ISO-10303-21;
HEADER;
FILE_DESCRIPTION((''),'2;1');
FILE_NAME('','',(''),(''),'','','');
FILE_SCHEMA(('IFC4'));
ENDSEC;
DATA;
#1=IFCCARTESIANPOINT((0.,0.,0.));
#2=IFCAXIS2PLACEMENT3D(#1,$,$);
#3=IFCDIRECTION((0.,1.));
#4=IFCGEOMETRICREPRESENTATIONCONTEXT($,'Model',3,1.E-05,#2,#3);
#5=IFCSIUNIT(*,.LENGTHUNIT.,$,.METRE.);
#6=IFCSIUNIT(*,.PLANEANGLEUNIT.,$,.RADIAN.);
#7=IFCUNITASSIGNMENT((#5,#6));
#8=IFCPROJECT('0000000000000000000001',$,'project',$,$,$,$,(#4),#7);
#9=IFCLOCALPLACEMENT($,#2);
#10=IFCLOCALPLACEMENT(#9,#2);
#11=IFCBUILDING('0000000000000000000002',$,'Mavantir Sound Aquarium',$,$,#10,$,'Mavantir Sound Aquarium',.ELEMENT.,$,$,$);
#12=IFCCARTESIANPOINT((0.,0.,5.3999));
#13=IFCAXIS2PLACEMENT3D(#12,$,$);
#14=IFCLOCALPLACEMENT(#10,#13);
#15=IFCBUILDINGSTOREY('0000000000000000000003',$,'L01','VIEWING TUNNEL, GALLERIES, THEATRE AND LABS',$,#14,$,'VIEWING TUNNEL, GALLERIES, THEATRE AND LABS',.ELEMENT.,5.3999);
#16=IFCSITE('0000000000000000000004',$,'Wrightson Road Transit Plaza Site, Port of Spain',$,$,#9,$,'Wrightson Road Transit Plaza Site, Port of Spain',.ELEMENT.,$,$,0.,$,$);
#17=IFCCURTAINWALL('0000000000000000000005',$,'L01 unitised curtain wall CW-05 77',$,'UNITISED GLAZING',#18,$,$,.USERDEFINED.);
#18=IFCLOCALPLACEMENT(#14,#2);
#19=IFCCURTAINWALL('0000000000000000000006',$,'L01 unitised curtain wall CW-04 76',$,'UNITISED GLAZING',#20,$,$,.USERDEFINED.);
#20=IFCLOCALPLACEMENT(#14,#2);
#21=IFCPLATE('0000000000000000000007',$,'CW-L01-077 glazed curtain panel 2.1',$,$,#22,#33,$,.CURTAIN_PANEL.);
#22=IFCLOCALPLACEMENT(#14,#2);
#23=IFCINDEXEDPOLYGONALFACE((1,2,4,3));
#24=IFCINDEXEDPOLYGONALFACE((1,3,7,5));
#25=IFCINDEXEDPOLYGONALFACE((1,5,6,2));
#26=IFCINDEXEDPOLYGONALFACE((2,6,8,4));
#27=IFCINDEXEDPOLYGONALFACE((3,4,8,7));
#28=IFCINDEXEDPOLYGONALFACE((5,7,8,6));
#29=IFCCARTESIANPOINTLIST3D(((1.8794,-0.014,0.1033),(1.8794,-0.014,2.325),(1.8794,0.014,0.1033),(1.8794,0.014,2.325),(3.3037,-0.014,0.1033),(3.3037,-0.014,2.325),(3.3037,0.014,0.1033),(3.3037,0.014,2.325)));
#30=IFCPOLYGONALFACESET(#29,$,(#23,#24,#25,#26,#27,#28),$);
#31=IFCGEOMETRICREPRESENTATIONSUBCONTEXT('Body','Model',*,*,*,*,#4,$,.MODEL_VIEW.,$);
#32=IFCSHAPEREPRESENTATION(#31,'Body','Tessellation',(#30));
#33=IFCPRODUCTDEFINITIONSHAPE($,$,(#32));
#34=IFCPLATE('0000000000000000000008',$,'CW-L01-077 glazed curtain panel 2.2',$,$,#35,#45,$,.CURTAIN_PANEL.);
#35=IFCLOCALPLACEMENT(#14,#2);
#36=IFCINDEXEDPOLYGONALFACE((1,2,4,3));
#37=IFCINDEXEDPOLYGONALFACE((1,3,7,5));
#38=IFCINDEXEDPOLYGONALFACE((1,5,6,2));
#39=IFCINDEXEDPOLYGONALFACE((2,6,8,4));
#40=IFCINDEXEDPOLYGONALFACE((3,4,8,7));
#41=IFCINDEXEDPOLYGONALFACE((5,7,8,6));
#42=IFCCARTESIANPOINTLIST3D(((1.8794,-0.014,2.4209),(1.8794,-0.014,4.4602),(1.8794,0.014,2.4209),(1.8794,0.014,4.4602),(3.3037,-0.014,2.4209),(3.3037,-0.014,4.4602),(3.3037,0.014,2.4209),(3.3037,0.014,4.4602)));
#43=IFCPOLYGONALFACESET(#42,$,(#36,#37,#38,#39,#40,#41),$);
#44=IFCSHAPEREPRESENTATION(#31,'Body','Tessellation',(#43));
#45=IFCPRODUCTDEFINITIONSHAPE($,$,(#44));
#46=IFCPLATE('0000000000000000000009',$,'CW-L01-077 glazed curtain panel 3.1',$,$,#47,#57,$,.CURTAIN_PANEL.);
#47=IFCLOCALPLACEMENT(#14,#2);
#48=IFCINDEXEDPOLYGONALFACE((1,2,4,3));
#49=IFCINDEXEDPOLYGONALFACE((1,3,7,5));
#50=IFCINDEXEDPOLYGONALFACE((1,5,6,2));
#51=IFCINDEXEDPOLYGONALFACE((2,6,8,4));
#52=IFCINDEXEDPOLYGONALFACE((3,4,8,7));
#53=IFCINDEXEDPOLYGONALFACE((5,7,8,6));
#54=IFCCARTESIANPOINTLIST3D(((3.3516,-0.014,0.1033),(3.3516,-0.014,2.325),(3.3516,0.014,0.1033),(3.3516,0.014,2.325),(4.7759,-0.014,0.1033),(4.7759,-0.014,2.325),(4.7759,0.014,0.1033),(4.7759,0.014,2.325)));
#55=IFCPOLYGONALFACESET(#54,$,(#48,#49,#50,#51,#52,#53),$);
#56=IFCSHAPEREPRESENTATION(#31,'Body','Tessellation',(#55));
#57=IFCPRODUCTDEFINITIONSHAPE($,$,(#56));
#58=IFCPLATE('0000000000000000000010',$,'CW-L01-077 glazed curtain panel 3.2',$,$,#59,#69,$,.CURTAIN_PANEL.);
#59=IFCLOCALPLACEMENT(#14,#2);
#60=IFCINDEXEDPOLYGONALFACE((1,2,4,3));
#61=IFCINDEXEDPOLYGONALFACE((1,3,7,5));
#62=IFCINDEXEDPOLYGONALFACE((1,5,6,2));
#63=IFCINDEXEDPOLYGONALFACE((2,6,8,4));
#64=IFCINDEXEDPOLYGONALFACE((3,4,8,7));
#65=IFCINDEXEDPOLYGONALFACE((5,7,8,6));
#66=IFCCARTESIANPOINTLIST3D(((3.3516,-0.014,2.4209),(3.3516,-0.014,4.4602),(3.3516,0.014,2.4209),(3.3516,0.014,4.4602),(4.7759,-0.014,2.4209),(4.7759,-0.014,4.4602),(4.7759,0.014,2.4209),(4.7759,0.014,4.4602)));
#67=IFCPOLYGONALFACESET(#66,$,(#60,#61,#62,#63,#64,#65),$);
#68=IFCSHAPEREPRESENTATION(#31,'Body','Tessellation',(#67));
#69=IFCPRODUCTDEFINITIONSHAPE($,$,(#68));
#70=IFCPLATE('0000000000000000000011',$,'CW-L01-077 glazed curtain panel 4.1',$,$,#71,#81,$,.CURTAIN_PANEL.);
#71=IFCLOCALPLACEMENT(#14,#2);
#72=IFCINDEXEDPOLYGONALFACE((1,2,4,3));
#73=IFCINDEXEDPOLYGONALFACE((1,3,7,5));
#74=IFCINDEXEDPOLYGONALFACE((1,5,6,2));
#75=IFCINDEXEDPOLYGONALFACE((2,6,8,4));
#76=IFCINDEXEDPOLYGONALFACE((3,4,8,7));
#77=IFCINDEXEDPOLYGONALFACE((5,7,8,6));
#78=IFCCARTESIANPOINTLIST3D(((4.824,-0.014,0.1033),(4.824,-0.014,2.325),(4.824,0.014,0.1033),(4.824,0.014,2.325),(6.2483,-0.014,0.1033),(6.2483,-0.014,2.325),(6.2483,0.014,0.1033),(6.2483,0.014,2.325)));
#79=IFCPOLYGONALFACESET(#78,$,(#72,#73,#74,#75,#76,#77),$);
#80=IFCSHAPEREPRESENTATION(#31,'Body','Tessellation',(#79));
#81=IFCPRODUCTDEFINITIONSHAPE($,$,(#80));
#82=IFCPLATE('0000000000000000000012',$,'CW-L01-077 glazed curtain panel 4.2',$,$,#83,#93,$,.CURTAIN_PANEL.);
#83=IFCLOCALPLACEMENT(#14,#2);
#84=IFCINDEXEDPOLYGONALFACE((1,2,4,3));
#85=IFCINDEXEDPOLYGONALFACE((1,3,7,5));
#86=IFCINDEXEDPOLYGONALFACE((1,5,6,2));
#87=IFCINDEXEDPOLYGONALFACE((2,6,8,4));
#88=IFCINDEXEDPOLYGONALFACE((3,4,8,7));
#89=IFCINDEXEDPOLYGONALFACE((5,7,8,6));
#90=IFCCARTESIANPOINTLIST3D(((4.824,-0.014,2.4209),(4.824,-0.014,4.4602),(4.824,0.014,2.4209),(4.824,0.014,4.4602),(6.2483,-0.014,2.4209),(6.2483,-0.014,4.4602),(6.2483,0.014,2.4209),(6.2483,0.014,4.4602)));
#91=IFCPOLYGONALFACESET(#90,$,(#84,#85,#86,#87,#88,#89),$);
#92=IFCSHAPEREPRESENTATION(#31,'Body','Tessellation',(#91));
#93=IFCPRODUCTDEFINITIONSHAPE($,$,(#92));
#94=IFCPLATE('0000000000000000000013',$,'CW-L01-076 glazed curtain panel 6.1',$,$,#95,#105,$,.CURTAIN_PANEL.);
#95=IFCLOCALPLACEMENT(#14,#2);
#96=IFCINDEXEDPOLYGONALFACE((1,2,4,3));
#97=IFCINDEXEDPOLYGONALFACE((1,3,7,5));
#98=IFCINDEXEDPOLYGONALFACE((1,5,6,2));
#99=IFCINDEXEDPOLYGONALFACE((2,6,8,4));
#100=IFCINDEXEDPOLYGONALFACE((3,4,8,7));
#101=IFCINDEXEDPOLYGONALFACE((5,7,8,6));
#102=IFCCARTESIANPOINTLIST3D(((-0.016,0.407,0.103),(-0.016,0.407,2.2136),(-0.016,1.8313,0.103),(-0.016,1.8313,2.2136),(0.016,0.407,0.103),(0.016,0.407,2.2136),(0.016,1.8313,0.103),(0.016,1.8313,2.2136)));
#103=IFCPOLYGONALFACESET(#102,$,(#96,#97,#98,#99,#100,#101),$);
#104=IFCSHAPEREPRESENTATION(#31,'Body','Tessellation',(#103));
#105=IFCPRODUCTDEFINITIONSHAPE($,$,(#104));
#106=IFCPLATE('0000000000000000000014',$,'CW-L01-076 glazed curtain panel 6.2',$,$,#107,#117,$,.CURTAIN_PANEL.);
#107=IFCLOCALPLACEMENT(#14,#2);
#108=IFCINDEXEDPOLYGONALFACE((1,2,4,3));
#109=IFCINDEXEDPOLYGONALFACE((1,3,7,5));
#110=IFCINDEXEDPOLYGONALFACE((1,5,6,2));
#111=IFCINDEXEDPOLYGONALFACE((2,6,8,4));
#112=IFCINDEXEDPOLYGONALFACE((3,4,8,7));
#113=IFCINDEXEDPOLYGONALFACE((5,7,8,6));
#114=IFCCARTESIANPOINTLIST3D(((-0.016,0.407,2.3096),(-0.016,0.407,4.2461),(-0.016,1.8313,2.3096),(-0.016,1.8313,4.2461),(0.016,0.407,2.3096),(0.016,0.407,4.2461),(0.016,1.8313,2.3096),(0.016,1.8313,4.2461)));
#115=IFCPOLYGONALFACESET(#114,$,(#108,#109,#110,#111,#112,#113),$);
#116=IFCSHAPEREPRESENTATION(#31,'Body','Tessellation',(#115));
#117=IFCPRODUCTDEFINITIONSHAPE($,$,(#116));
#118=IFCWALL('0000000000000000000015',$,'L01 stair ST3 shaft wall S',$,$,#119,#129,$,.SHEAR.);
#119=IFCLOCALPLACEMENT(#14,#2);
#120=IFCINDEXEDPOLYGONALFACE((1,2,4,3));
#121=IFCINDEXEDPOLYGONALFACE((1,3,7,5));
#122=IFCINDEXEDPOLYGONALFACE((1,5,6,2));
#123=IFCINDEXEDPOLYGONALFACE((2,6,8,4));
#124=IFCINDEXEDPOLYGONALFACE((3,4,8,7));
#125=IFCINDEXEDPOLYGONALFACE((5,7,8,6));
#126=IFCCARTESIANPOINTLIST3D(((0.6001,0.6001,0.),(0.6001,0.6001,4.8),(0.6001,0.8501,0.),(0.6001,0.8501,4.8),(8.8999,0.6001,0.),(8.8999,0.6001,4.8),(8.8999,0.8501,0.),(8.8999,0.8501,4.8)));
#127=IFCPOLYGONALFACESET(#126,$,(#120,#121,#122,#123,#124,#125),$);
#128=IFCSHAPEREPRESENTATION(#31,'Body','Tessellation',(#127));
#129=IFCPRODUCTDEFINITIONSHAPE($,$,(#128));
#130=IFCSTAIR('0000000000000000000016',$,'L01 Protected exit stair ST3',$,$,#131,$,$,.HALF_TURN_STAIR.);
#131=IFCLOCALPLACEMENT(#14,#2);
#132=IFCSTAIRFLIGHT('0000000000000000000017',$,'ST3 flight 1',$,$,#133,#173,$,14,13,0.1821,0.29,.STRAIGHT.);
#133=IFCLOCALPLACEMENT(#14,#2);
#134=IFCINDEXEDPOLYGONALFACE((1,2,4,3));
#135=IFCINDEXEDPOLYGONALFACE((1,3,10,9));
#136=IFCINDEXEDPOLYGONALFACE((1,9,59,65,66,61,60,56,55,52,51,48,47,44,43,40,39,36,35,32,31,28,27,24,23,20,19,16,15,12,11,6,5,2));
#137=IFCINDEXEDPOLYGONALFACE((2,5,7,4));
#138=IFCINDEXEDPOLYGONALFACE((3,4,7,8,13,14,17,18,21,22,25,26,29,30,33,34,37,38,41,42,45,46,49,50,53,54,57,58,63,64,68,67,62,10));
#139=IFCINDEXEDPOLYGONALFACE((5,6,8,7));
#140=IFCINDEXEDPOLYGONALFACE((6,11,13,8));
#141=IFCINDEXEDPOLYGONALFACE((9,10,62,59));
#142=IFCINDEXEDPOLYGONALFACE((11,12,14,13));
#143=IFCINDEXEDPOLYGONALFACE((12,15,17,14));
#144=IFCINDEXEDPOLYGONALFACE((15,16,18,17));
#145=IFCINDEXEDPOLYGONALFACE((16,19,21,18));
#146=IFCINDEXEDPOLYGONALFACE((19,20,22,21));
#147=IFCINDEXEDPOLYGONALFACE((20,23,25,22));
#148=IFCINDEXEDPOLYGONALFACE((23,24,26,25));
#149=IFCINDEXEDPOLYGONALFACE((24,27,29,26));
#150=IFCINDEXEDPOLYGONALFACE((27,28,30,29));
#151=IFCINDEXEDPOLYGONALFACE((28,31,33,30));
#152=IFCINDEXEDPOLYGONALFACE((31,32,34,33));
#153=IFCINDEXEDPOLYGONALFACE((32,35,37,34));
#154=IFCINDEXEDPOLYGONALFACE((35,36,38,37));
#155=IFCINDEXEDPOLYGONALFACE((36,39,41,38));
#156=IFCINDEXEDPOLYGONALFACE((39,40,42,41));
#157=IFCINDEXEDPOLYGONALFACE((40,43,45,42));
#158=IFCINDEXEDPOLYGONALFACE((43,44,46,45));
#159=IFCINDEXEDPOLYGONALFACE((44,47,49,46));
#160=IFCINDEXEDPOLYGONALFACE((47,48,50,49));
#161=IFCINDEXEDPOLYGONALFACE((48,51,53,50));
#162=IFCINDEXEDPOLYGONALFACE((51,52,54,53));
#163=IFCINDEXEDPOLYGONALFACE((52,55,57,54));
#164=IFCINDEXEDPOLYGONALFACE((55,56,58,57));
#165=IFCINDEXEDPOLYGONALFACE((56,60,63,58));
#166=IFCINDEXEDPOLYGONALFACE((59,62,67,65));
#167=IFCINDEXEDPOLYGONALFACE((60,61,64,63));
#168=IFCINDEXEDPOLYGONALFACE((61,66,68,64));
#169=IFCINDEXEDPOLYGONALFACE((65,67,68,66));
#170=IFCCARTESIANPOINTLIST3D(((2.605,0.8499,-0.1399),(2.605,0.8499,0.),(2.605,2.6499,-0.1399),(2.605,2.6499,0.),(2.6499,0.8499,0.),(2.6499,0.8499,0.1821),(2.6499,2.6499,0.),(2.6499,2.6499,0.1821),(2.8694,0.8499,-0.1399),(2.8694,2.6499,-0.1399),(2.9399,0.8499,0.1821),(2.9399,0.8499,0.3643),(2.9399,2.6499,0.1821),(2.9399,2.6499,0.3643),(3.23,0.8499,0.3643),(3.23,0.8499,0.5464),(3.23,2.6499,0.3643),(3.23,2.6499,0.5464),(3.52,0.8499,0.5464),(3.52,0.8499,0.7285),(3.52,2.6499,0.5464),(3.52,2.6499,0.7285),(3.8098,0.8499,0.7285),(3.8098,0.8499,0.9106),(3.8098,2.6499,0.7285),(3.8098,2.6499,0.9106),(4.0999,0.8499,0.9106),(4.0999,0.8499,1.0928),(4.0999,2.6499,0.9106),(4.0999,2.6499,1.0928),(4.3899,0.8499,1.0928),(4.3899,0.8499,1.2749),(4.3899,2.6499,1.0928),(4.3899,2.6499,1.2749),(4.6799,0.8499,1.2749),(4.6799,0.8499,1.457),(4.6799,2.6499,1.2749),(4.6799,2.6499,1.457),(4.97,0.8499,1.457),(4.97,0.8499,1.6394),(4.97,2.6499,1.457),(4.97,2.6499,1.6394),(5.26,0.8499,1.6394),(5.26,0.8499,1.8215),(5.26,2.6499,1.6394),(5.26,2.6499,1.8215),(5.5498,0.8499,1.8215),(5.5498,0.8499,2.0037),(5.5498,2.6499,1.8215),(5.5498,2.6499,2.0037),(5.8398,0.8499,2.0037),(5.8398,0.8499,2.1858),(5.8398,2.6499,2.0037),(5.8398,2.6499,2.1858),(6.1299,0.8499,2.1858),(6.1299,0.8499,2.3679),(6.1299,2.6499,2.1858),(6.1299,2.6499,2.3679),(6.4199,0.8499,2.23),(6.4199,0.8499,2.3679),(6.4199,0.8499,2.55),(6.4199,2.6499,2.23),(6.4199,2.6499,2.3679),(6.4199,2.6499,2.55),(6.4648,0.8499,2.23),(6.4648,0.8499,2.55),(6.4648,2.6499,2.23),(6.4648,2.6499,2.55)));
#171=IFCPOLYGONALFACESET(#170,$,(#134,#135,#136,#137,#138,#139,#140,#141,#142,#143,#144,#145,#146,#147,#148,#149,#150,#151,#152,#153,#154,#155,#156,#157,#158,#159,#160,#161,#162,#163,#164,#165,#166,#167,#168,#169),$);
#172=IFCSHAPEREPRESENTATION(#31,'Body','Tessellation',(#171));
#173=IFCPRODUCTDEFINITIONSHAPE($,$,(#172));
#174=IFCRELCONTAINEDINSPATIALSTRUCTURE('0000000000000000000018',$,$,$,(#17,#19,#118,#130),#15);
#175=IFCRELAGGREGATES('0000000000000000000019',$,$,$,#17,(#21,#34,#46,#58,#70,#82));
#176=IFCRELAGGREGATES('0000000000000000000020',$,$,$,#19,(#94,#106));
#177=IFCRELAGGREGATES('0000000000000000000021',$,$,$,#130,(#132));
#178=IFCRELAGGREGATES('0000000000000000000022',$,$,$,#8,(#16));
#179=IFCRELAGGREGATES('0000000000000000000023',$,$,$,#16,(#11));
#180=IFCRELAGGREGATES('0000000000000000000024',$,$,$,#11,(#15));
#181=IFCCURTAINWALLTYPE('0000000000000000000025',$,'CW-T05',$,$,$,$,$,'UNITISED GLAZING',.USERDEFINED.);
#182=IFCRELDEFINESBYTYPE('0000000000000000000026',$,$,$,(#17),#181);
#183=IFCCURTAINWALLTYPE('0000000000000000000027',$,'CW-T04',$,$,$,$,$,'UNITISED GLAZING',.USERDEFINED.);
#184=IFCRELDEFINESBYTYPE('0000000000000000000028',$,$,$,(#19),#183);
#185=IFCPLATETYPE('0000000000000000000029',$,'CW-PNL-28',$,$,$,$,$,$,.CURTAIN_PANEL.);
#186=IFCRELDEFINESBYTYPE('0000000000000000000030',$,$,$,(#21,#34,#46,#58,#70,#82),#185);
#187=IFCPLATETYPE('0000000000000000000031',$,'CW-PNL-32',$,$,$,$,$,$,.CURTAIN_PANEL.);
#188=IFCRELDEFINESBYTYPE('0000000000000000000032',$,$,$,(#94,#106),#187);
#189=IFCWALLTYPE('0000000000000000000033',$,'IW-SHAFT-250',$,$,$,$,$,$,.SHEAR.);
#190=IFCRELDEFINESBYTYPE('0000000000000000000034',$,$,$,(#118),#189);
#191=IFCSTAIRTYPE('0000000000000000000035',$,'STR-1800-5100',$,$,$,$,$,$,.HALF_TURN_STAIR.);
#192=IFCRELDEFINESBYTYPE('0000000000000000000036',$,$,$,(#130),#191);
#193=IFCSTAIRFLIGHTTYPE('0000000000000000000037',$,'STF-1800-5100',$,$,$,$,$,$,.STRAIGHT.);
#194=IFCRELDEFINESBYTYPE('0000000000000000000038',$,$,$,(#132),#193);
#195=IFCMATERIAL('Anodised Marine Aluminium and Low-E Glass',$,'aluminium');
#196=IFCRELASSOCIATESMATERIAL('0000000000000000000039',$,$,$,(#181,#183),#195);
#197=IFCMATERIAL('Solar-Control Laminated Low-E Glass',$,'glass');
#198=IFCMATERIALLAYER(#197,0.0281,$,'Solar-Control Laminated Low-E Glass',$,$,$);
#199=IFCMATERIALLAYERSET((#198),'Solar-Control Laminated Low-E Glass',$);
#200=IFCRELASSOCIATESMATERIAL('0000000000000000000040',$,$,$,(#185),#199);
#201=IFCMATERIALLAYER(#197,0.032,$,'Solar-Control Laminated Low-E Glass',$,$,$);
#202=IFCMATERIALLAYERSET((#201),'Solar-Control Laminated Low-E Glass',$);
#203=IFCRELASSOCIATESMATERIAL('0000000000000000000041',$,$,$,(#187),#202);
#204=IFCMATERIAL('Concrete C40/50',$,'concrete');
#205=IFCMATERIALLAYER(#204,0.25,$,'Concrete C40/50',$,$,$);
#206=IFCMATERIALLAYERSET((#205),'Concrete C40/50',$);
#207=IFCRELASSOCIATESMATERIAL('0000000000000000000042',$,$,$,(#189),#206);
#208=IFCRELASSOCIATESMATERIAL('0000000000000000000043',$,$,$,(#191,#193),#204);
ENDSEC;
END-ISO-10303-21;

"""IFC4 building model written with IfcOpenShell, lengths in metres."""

from ifc_helpers import new_model, si_unit, direction, frame, frame_2d, origin, origin_2d, place, context, subcontext, project, spatial, polyline, rectangle, outline, extrude, material, layer, layer_set, type_object, element, aggregate, save


model = new_model("IFC4")

# Units and contexts
model_context = context("Model", 3, precision=1e-05, world=origin(), true_north=direction((0.0, 1.0)))
body_context = subcontext(model_context, "Body", "Model", "MODEL_VIEW")
ifc_project = project(units=[si_unit("LENGTHUNIT", "METRE"), si_unit("PLANEANGLEUNIT", "RADIAN")], contexts=[model_context])

# Site, building, storey
site_placement = place(None, origin())
site = spatial("IfcSite", under=ifc_project, at=site_placement, Name="Wrightson Road Transit Plaza Site, Port of Spain", LongName="Wrightson Road Transit Plaza Site, Port of Spain", CompositionType="ELEMENT", RefElevation=0.0)
building_placement = place(site_placement, origin())
building = spatial("IfcBuilding", under=site, at=building_placement, Name="Mavantir Sound Aquarium", LongName="Mavantir Sound Aquarium", CompositionType="ELEMENT")
storey_placement = place(building_placement, frame((0.0, 0.0, 5.3999)))
storey = spatial("IfcBuildingStorey", under=building, at=storey_placement, Name="L01", Description="VIEWING TUNNEL, GALLERIES, THEATRE AND LABS", LongName="VIEWING TUNNEL, GALLERIES, THEATRE AND LABS", CompositionType="ELEMENT", Elevation=5.3999)

# Curtain walls
ifc_material_1 = material(Name="Anodised Marine Aluminium and Low-E Glass", Category="aluminium")
curtain_wall_type_1 = type_object("IfcCurtainWallType", Name="CW-T05", ElementType="UNITISED GLAZING", PredefinedType="USERDEFINED", material=ifc_material_1)
curtain_wall_1_placement = place(storey_placement, origin())
curtain_wall_1 = element("IfcCurtainWall", 1, at=curtain_wall_1_placement, inside=storey, type_object=curtain_wall_type_1, Name="L01 unitised curtain wall CW-05 77", ObjectType="UNITISED GLAZING", PredefinedType="USERDEFINED")
curtain_wall_type_2 = type_object("IfcCurtainWallType", Name="CW-T04", ElementType="UNITISED GLAZING", PredefinedType="USERDEFINED", material=ifc_material_1)
curtain_wall_2_placement = place(storey_placement, origin())
curtain_wall_2 = element("IfcCurtainWall", 2, at=curtain_wall_2_placement, inside=storey, type_object=curtain_wall_type_2, Name="L01 unitised curtain wall CW-04 76", ObjectType="UNITISED GLAZING", PredefinedType="USERDEFINED")

# Plates
ifc_material_2 = material(Name="Solar-Control Laminated Low-E Glass", Category="glass")
ifc_layer_1 = layer(ifc_material_2, 0.0281, Name="Solar-Control Laminated Low-E Glass")
ifc_layer_set_1 = layer_set([ifc_layer_1], Name="Solar-Control Laminated Low-E Glass")
plate_type_1 = type_object("IfcPlateType", Name="CW-PNL-28", PredefinedType="CURTAIN_PANEL", material=ifc_layer_set_1)
plate_1_placement = place(storey_placement, frame((2.5916, 0.0, 0.1033), z_axis=(0.0, 0.0, 1.0), x_axis=(1.0, 0.0, 0.0)))
plate_1 = element("IfcPlate", 3, at=plate_1_placement, type_object=plate_type_1, Name="CW-L01-077 glazed curtain panel 2.1", PredefinedType="CURTAIN_PANEL", context=body_context, shape_type="SweptSolid", body=[
    extrude(rectangle(XDim=1.4243, YDim=0.0281, at=origin_2d()), origin(), (0.0, 0.0, 1.0), 2.2217),
])
plate_2_placement = place(storey_placement, frame((2.5916, 0.0, 2.4209), z_axis=(0.0, 0.0, 1.0), x_axis=(1.0, 0.0, 0.0)))
plate_2 = element("IfcPlate", 4, at=plate_2_placement, type_object=plate_type_1, Name="CW-L01-077 glazed curtain panel 2.2", PredefinedType="CURTAIN_PANEL", context=body_context, shape_type="SweptSolid", body=[
    extrude(rectangle(XDim=1.4243, YDim=0.0281, at=origin_2d()), origin(), (0.0, 0.0, 1.0), 2.0393),
])
plate_3_placement = place(storey_placement, frame((4.0637, 0.0, 0.1033), z_axis=(0.0, 0.0, 1.0), x_axis=(1.0, 0.0, 0.0)))
plate_3 = element("IfcPlate", 5, at=plate_3_placement, type_object=plate_type_1, Name="CW-L01-077 glazed curtain panel 3.1", PredefinedType="CURTAIN_PANEL", context=body_context, shape_type="SweptSolid", body=[
    extrude(rectangle(XDim=1.4243, YDim=0.0281, at=origin_2d()), origin(), (0.0, 0.0, 1.0), 2.2217),
])
plate_4_placement = place(storey_placement, frame((4.0637, 0.0, 2.4209), z_axis=(0.0, 0.0, 1.0), x_axis=(1.0, 0.0, 0.0)))
plate_4 = element("IfcPlate", 6, at=plate_4_placement, type_object=plate_type_1, Name="CW-L01-077 glazed curtain panel 3.2", PredefinedType="CURTAIN_PANEL", context=body_context, shape_type="SweptSolid", body=[
    extrude(rectangle(XDim=1.4243, YDim=0.0281, at=origin_2d()), origin(), (0.0, 0.0, 1.0), 2.0393),
])
plate_5_placement = place(storey_placement, frame((5.5361, 0.0, 0.1033), z_axis=(0.0, 0.0, 1.0), x_axis=(1.0, 0.0, 0.0)))
plate_5 = element("IfcPlate", 7, at=plate_5_placement, type_object=plate_type_1, Name="CW-L01-077 glazed curtain panel 4.1", PredefinedType="CURTAIN_PANEL", context=body_context, shape_type="SweptSolid", body=[
    extrude(rectangle(XDim=1.4243, YDim=0.0281, at=origin_2d()), origin(), (0.0, 0.0, 1.0), 2.2217),
])
plate_6_placement = place(storey_placement, frame((5.5361, 0.0, 2.4209), z_axis=(0.0, 0.0, 1.0), x_axis=(1.0, 0.0, 0.0)))
plate_6 = element("IfcPlate", 8, at=plate_6_placement, type_object=plate_type_1, Name="CW-L01-077 glazed curtain panel 4.2", PredefinedType="CURTAIN_PANEL", context=body_context, shape_type="SweptSolid", body=[
    extrude(rectangle(XDim=1.4243, YDim=0.0281, at=origin_2d()), origin(), (0.0, 0.0, 1.0), 2.0393),
])
aggregate(curtain_wall_1, [plate_1, plate_2, plate_3, plate_4, plate_5, plate_6])
ifc_layer_2 = layer(ifc_material_2, 0.032, Name="Solar-Control Laminated Low-E Glass")
ifc_layer_set_2 = layer_set([ifc_layer_2], Name="Solar-Control Laminated Low-E Glass")
plate_type_2 = type_object("IfcPlateType", Name="CW-PNL-32", PredefinedType="CURTAIN_PANEL", material=ifc_layer_set_2)
plate_7_placement = place(storey_placement, frame((0.0, 1.1191, 0.103), z_axis=(0.0, 0.0, 1.0), x_axis=(0.0, -1.0, 0.0)))
plate_7 = element("IfcPlate", 9, at=plate_7_placement, type_object=plate_type_2, Name="CW-L01-076 glazed curtain panel 6.1", PredefinedType="CURTAIN_PANEL", context=body_context, shape_type="SweptSolid", body=[
    extrude(rectangle(XDim=1.4243, YDim=0.032, at=origin_2d()), origin(), (0.0, 0.0, 1.0), 2.1106),
])
plate_8_placement = place(storey_placement, frame((0.0, 1.1191, 2.3096), z_axis=(0.0, 0.0, 1.0), x_axis=(0.0, -1.0, 0.0)))
plate_8 = element("IfcPlate", 10, at=plate_8_placement, type_object=plate_type_2, Name="CW-L01-076 glazed curtain panel 6.2", PredefinedType="CURTAIN_PANEL", context=body_context, shape_type="SweptSolid", body=[
    extrude(rectangle(XDim=1.4243, YDim=0.032, at=origin_2d()), origin(), (0.0, 0.0, 1.0), 1.9365),
])
aggregate(curtain_wall_2, [plate_7, plate_8])

# Wall
ifc_material_3 = material(Name="Concrete C40/50", Category="concrete")
ifc_layer_3 = layer(ifc_material_3, 0.25, Name="Concrete C40/50")
ifc_layer_set_3 = layer_set([ifc_layer_3], Name="Concrete C40/50")
wall_type = type_object("IfcWallType", Name="IW-SHAFT-250", PredefinedType="SHEAR", material=ifc_layer_set_3)
wall_placement = place(storey_placement, frame((0.6001, 0.7251, 0.0), z_axis=(0.0, 0.0, 1.0), x_axis=(1.0, 0.0, 0.0)))
element("IfcWall", 11, at=wall_placement, inside=storey, type_object=wall_type, Name="L01 stair ST3 shaft wall S", PredefinedType="SHEAR", context=body_context, shape_type="SweptSolid", body=[
    extrude(rectangle(XDim=8.2998, YDim=0.25, at=frame_2d((4.1499, 0.0))), origin(), (0.0, 0.0, 1.0), 4.8),
])

# Stair, stair flight
stair_type = type_object("IfcStairType", Name="STR-1800-5100", PredefinedType="HALF_TURN_STAIR", material=ifc_material_3)
stair_placement = place(storey_placement, origin())
stair = element("IfcStair", 12, at=stair_placement, inside=storey, type_object=stair_type, Name="L01 Protected exit stair ST3", PredefinedType="HALF_TURN_STAIR")
stair_flight_type = type_object("IfcStairFlightType", Name="STF-1800-5100", PredefinedType="STRAIGHT", material=ifc_material_3)
stair_flight_placement = place(storey_placement, frame((2.6499, 1.75, 0.0), z_axis=(0.0, 0.0, 1.0), x_axis=(1.0, 0.0, 0.0)))
stair_flight = element("IfcStairFlight", 13, at=stair_flight_placement, type_object=stair_flight_type, Name="ST3 flight 1", NumberOfRisers=14, NumberOfTreads=13, PredefinedType="STRAIGHT", RiserHeight=0.1821, TreadLength=0.29, context=body_context, shape_type="SweptSolid", body=[
    extrude(outline(polyline([(-0.0449, -0.1399), (-0.0449, 0.0), (0.0, 0.0), (0.0, 0.1821), (0.29, 0.1821), (0.29, 0.3643), (0.5801, 0.3643), (0.5801, 0.5464), (0.8701, 0.5464), (0.8701, 0.7285), (1.1599, 0.7285), (1.1599, 0.9106), (1.45, 0.9106), (1.45, 1.0928), (1.74, 1.0928), (1.74, 1.2749), (2.03, 1.2749), (2.03, 1.457), (2.3201, 1.457), (2.3201, 1.6394), (2.6101, 1.6394), (2.6101, 1.8215), (2.8999, 1.8215), (2.8999, 2.0037), (3.1899, 2.0037), (3.1899, 2.1858), (3.48, 2.1858), (3.48, 2.3679), (3.77, 2.3679), (3.77, 2.55), (3.8149, 2.55), (3.8149, 2.23), (3.77, 2.23), (0.2195, -0.1399), (-0.0449, -0.1399)])), frame((0.0, 0.8999, 0.0), z_axis=(0.0, -1.0, 0.0), x_axis=(1.0, 0.0, 0.0)), (0.0, 0.0, 1.0), 1.8),
])
aggregate(stair, [stair_flight])

save(model, "model.ifc")
